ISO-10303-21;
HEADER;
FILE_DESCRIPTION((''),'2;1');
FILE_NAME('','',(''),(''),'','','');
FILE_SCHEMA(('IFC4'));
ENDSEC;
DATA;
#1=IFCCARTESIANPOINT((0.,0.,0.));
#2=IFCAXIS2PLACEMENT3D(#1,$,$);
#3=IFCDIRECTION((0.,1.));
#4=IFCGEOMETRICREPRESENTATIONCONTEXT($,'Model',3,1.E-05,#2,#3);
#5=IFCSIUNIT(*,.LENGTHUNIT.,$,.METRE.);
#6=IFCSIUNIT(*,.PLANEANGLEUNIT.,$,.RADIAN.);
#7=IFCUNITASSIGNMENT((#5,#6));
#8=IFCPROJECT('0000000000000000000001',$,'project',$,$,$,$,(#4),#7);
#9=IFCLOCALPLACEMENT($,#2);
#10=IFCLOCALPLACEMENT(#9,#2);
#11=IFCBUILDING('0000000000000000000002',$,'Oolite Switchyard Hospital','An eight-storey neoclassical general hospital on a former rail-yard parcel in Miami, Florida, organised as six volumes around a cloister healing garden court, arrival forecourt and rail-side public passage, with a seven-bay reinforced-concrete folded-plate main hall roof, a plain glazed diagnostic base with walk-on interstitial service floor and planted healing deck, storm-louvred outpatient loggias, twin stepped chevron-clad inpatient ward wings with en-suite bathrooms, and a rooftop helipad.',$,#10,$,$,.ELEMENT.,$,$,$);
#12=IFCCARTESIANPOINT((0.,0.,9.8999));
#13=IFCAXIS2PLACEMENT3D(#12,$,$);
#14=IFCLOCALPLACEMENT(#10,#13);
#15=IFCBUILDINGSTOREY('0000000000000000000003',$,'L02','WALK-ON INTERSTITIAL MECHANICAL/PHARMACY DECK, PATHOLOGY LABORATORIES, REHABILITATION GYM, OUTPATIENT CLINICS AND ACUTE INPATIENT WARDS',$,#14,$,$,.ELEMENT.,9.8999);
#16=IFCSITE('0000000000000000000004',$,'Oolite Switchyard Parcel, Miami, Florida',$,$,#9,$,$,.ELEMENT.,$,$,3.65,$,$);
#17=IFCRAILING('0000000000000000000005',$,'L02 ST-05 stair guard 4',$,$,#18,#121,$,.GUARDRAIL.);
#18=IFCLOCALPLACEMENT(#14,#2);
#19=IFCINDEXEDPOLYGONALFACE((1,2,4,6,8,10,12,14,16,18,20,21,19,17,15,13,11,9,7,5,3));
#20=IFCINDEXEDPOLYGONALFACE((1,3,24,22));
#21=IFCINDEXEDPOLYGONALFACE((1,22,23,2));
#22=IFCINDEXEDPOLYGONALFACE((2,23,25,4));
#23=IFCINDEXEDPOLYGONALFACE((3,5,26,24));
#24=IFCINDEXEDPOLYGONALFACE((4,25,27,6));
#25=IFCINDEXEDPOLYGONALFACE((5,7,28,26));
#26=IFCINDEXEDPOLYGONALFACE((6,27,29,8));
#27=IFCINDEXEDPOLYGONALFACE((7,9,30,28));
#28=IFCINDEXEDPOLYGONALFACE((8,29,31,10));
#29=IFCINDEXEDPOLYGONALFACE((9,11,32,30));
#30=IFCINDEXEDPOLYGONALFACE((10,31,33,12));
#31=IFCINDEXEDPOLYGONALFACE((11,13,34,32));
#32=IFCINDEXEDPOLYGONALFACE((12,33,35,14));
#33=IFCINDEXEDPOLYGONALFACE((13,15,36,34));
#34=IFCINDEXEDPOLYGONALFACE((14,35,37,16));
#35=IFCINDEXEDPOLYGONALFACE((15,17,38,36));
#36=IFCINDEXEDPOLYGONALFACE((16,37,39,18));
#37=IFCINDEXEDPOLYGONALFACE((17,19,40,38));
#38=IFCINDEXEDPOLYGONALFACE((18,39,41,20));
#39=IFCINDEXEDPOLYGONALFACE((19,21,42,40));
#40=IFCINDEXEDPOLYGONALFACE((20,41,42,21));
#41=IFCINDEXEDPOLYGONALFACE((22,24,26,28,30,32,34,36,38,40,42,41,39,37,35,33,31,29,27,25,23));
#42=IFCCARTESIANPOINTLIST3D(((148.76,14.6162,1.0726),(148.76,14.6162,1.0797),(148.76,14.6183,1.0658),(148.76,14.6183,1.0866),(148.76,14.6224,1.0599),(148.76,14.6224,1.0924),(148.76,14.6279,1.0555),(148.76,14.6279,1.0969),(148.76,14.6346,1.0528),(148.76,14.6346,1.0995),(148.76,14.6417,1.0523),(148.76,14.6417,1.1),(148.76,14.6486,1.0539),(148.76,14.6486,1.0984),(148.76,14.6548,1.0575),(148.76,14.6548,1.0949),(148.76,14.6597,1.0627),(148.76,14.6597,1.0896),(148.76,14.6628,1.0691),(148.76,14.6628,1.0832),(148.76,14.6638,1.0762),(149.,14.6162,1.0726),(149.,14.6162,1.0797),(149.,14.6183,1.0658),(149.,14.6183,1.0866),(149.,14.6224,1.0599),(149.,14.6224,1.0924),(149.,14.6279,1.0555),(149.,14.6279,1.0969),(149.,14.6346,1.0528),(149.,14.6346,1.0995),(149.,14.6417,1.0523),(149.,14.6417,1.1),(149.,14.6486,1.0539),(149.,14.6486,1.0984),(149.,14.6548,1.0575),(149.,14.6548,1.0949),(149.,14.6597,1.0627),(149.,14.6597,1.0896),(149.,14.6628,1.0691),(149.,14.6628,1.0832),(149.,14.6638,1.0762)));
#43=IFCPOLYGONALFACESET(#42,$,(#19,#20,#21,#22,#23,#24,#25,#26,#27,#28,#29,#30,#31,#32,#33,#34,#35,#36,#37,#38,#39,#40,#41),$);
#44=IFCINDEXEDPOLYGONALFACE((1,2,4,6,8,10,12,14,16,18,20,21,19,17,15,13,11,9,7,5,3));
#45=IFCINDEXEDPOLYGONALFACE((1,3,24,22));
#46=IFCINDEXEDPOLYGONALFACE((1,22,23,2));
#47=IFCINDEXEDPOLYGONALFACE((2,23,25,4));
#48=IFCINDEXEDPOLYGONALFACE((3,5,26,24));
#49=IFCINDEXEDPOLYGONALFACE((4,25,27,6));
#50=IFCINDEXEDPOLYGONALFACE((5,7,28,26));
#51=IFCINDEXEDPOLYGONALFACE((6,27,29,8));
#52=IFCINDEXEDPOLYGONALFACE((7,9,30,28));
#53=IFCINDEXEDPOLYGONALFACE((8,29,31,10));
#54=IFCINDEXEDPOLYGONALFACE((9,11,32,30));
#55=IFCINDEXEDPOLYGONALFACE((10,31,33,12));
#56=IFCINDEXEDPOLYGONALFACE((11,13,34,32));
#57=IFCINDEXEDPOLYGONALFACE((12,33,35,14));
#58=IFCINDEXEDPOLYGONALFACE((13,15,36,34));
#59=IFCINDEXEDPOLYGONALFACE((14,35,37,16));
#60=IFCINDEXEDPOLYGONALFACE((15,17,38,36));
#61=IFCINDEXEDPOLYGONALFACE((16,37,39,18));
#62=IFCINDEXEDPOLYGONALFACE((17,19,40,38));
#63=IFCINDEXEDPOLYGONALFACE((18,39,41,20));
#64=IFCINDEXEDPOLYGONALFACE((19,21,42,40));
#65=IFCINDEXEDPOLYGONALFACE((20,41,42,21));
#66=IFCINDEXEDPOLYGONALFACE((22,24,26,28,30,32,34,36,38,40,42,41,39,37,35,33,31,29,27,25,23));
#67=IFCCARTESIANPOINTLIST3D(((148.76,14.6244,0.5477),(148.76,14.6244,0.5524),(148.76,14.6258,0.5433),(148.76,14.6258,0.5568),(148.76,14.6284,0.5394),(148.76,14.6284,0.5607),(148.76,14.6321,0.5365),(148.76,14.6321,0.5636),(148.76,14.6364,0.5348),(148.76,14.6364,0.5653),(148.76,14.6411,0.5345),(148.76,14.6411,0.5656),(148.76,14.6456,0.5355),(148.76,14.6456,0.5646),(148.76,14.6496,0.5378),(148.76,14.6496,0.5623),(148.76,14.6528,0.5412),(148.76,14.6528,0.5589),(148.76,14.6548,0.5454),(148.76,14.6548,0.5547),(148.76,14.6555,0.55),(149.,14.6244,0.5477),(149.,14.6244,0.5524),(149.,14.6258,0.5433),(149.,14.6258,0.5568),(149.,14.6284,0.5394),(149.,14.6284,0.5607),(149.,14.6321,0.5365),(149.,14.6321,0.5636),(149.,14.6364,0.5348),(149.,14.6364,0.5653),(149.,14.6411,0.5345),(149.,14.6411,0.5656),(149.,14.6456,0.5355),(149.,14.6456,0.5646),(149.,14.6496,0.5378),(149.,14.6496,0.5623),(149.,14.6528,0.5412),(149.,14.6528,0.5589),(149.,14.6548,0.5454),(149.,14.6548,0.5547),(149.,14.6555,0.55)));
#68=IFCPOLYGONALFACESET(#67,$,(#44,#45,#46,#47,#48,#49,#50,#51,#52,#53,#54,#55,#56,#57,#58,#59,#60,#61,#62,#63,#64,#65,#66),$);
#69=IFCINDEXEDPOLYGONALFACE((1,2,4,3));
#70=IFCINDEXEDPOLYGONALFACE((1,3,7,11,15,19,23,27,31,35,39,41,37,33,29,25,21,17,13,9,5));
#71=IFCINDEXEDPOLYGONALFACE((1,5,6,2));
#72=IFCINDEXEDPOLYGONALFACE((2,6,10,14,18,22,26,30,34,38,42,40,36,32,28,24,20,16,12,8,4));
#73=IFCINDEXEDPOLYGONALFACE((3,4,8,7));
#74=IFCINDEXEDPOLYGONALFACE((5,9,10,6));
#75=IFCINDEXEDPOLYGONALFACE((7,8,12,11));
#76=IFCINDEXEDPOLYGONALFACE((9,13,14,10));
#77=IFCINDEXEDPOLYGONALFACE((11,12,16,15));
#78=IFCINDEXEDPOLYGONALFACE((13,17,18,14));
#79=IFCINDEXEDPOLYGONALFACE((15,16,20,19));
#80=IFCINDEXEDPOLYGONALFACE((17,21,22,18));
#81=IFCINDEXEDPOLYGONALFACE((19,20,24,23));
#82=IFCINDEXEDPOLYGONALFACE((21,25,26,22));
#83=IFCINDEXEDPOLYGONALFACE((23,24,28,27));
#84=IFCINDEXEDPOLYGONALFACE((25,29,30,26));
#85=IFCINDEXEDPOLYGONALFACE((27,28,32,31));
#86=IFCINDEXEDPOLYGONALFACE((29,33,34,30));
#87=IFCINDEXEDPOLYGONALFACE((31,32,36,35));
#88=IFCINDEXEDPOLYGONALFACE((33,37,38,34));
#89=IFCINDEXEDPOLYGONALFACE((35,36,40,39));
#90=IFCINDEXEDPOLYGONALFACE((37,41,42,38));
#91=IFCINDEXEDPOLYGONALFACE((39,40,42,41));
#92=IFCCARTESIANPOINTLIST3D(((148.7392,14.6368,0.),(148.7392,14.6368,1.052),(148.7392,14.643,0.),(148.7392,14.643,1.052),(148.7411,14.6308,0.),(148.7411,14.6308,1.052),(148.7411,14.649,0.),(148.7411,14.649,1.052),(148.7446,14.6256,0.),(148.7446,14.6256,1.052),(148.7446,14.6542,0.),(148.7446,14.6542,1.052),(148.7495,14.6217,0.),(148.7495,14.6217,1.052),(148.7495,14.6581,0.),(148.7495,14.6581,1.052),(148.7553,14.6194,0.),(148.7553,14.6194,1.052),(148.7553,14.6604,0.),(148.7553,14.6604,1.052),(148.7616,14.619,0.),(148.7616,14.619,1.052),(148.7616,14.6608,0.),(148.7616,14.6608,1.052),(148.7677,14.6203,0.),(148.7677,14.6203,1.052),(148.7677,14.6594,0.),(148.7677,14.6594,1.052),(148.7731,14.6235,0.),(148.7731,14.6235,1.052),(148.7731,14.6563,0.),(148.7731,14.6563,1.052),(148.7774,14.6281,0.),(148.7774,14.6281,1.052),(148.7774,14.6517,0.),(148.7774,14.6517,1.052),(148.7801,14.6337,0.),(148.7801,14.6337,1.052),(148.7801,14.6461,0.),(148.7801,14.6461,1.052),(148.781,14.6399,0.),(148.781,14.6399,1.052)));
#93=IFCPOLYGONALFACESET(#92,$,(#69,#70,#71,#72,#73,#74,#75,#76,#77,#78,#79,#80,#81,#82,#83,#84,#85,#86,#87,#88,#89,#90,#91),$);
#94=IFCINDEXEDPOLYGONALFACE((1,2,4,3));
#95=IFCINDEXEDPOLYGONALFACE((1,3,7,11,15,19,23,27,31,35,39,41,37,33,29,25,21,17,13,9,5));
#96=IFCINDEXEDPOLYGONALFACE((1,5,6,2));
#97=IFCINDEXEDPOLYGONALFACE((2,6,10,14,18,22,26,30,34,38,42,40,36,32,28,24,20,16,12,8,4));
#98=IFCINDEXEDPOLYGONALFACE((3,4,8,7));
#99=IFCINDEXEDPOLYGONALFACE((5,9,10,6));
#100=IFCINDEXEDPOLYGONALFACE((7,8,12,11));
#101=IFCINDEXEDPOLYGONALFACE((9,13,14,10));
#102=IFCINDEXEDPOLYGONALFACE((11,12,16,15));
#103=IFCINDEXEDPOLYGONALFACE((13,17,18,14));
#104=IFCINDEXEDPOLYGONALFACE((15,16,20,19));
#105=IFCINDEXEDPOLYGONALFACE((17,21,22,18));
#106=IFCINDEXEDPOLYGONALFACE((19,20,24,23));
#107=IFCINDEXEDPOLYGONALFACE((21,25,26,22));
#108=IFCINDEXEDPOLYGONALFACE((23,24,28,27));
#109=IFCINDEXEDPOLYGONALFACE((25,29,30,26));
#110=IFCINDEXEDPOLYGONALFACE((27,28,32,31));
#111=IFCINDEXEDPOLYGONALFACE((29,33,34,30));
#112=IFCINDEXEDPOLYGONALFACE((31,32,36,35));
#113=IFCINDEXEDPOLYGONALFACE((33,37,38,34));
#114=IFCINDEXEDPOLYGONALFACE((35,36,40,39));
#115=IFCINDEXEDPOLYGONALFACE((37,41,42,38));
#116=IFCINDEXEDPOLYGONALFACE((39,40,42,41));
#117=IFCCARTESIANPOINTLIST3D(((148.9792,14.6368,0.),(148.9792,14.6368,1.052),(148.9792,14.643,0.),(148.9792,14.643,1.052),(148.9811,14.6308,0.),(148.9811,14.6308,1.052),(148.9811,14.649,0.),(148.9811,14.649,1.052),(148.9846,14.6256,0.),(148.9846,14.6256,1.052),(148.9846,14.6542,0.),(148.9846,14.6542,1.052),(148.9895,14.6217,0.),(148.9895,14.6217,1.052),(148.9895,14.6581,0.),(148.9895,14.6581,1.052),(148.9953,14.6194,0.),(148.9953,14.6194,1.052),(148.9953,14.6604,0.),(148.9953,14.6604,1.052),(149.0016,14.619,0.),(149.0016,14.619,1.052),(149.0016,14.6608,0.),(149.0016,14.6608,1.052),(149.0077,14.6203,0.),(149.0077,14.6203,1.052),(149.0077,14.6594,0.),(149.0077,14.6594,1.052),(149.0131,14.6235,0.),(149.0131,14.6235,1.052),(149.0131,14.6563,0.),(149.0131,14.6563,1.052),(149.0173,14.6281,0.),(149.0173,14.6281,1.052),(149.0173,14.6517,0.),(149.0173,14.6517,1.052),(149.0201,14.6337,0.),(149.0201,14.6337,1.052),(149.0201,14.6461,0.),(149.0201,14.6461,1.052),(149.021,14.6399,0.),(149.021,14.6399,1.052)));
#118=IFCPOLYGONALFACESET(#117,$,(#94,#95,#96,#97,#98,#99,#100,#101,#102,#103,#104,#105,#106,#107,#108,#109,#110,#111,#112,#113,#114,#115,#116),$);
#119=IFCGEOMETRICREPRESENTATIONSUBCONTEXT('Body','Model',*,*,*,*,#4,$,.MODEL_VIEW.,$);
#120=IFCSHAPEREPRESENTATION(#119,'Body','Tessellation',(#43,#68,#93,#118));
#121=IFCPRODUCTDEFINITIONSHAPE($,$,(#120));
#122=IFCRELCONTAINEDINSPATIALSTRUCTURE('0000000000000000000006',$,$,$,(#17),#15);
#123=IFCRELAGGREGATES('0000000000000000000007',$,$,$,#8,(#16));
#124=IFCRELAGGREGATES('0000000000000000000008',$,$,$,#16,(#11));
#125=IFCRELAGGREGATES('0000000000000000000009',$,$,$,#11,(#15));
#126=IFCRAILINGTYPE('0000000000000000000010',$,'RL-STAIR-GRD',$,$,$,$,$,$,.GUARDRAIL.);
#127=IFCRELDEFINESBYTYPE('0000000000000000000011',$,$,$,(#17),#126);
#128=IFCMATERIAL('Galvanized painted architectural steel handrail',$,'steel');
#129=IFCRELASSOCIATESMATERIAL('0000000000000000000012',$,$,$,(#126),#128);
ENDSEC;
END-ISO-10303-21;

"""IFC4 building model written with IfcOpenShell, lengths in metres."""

from ifc_helpers import new_model, si_unit, direction, frame, origin, origin_2d, place, context, subcontext, project, spatial, circle, extrude, material, type_object, element, save


model = new_model("IFC4")

# Units and contexts
model_context = context("Model", 3, precision=1e-05, world=origin(), true_north=direction((0.0, 1.0)))
body_context = subcontext(model_context, "Body", "Model", "MODEL_VIEW")
ifc_project = project(units=[si_unit("LENGTHUNIT", "METRE"), si_unit("PLANEANGLEUNIT", "RADIAN")], contexts=[model_context])

# Site, building, storey
site_placement = place(None, origin())
site = spatial("IfcSite", under=ifc_project, at=site_placement, Name="Oolite Switchyard Parcel, Miami, Florida", CompositionType="ELEMENT", RefElevation=3.65)
building_placement = place(site_placement, origin())
building = spatial("IfcBuilding", under=site, at=building_placement, Name="Oolite Switchyard Hospital", Description="An eight-storey neoclassical general hospital on a former rail-yard parcel in Miami, Florida, organised as six volumes around a cloister healing garden court, arrival forecourt and rail-side public passage, with a seven-bay reinforced-concrete folded-plate main hall roof, a plain glazed diagnostic base with walk-on interstitial service floor and planted healing deck, storm-louvred outpatient loggias, twin stepped chevron-clad inpatient ward wings with en-suite bathrooms, and a rooftop helipad.", CompositionType="ELEMENT")
storey_placement = place(building_placement, frame((0.0, 0.0, 9.8999)))
storey = spatial("IfcBuildingStorey", under=building, at=storey_placement, Name="L02", Description="WALK-ON INTERSTITIAL MECHANICAL/PHARMACY DECK, PATHOLOGY LABORATORIES, REHABILITATION GYM, OUTPATIENT CLINICS AND ACUTE INPATIENT WARDS", CompositionType="ELEMENT", Elevation=9.8999)

# Railing
ifc_material_1 = material(Name="Galvanized painted architectural steel handrail", Category="steel")
railing_type_1 = type_object("IfcRailingType", Name="RL-STAIR-GRD", PredefinedType="GUARDRAIL", material=ifc_material_1)
railing_1_placement = place(storey_placement, frame((148.76, 14.6399, 0.0)))
element("IfcRailing", 1, at=railing_1_placement, inside=storey, type_object=railing_type_1, Name="L02 ST-05 stair guard 4", PredefinedType="GUARDRAIL", context=body_context, shape_type="SweptSolid", body=[
    extrude(circle(Radius=0.0239, at=origin_2d()), frame((0.0, 0.0, 1.0762), z_axis=(1.0, 0.0, 0.0), x_axis=(0.0, 1.0, 0.0)), (0.0, 0.0, 1.0), 0.24),
    extrude(circle(Radius=0.0156, at=origin_2d()), frame((0.0, 0.0, 0.55), z_axis=(1.0, 0.0, 0.0), x_axis=(0.0, 1.0, 0.0)), (0.0, 0.0, 1.0), 0.24),
    extrude(circle(Radius=0.021, at=origin_2d()), origin(), (0.0, 0.0, 1.0), 1.052),
    extrude(circle(Radius=0.021, at=origin_2d()), frame((0.24, 0.0, 0.0)), (0.0, 0.0, 1.0), 1.052),
])

save(model, "model.ifc")
